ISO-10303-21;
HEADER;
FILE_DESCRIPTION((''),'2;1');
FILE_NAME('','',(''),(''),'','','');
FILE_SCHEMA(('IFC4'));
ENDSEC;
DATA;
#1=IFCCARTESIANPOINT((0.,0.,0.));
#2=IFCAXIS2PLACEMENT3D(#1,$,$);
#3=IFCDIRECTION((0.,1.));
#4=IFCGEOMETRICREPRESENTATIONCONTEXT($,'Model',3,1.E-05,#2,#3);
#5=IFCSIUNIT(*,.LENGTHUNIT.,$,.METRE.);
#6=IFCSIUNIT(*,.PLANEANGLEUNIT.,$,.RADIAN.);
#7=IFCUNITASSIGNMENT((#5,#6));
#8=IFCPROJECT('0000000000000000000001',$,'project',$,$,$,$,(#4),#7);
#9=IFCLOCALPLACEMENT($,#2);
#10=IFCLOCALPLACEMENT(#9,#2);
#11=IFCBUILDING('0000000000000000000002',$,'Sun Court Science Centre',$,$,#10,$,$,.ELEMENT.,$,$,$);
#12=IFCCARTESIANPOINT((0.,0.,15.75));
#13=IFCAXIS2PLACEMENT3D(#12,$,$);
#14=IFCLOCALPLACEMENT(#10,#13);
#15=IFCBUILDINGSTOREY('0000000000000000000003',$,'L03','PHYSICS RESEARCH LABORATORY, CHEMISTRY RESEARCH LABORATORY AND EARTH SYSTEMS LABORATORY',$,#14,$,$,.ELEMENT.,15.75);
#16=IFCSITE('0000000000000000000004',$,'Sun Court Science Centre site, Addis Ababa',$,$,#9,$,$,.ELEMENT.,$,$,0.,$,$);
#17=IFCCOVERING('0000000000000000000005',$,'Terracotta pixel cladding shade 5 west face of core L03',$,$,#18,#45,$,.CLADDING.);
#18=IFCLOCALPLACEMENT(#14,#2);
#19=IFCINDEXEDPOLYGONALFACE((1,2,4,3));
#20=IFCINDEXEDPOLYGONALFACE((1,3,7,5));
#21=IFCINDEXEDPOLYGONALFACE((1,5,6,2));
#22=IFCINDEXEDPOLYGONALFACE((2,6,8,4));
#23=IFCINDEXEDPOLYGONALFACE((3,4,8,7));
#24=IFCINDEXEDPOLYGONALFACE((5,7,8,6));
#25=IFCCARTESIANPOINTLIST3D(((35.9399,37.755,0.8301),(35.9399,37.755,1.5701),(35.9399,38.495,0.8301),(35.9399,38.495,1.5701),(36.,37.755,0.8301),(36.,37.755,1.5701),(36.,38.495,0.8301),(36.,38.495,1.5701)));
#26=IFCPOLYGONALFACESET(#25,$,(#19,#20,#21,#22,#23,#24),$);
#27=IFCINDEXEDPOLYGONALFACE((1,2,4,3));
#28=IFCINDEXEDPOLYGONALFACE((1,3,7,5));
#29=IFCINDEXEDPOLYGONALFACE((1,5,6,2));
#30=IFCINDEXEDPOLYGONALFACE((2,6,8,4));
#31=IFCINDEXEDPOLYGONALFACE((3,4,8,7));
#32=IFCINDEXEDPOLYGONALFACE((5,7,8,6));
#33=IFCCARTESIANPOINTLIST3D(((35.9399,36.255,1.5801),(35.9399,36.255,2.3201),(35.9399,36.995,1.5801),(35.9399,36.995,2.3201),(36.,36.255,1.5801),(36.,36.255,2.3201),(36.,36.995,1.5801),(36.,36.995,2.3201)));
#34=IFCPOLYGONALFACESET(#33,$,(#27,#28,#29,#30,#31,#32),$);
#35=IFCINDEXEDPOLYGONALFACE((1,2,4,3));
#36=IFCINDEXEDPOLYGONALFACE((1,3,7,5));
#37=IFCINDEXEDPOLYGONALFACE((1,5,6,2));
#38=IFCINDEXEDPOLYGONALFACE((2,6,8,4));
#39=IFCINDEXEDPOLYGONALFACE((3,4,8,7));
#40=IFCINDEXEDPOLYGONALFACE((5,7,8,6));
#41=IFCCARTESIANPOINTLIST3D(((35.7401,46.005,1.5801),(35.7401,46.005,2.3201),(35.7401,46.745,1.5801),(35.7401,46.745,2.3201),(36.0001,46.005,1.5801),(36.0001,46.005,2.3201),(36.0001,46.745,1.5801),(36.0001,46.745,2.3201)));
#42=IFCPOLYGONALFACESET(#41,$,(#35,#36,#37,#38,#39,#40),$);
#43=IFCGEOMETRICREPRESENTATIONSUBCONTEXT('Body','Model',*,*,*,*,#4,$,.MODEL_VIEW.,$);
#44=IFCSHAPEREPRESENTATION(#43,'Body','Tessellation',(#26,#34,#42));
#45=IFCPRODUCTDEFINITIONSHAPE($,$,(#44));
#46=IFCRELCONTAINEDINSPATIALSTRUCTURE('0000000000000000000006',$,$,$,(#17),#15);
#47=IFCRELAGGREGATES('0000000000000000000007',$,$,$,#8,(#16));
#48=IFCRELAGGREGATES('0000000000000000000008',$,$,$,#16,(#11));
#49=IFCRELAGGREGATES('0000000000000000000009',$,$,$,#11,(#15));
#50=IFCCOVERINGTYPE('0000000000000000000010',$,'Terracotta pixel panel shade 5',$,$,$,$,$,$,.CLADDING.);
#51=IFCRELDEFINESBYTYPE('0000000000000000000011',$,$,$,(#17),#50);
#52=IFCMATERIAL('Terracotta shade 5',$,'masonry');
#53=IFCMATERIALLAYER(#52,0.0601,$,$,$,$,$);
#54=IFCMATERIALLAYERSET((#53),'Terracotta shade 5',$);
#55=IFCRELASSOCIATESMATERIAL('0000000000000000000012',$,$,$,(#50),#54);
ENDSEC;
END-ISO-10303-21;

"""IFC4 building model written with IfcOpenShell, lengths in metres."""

from ifc_helpers import new_model, si_unit, direction, frame, origin, origin_2d, place, context, subcontext, project, spatial, rectangle, extrude, material, layer, layer_set, type_object, element, save


model = new_model("IFC4")

# Units and contexts
model_context = context("Model", 3, precision=1e-05, world=origin(), true_north=direction((0.0, 1.0)))
body_context = subcontext(model_context, "Body", "Model", "MODEL_VIEW")
ifc_project = project(units=[si_unit("LENGTHUNIT", "METRE"), si_unit("PLANEANGLEUNIT", "RADIAN")], contexts=[model_context])

# Site, building, storey
site_placement = place(None, origin())
site = spatial("IfcSite", under=ifc_project, at=site_placement, Name="Sun Court Science Centre site, Addis Ababa", CompositionType="ELEMENT", RefElevation=0.0)
building_placement = place(site_placement, origin())
building = spatial("IfcBuilding", under=site, at=building_placement, Name="Sun Court Science Centre", CompositionType="ELEMENT")
storey_placement = place(building_placement, frame((0.0, 0.0, 15.75)))
storey = spatial("IfcBuildingStorey", under=building, at=storey_placement, Name="L03", Description="PHYSICS RESEARCH LABORATORY, CHEMISTRY RESEARCH LABORATORY AND EARTH SYSTEMS LABORATORY", CompositionType="ELEMENT", Elevation=15.75)

# Covering
ifc_material_1 = material(Name="Terracotta shade 5", Category="masonry")
ifc_layer_1 = layer(ifc_material_1, 0.0601)
ifc_layer_set_1 = layer_set([ifc_layer_1], Name="Terracotta shade 5")
covering_type_1 = type_object("IfcCoveringType", Name="Terracotta pixel panel shade 5", PredefinedType="CLADDING", material=ifc_layer_set_1)
covering_1_placement = place(storey_placement, frame((0.0, 0.0, -15.75)))
element("IfcCovering", 1, at=covering_1_placement, inside=storey, type_object=covering_type_1, Name="Terracotta pixel cladding shade 5 west face of core L03", PredefinedType="CLADDING", context=body_context, shape_type="SweptSolid", body=[
    extrude(rectangle(XDim=0.74, YDim=0.0601, at=origin_2d()), frame((35.97, 38.125, 16.5801), z_axis=(0.0, 0.0, 1.0), x_axis=(0.0, 1.0, 0.0)), (0.0, 0.0, 1.0), 0.74),
    extrude(rectangle(XDim=0.74, YDim=0.0601, at=origin_2d()), frame((35.97, 36.625, 17.3301), z_axis=(0.0, 0.0, 1.0), x_axis=(0.0, 1.0, 0.0)), (0.0, 0.0, 1.0), 0.74),
    extrude(rectangle(XDim=0.74, YDim=0.26, at=origin_2d()), frame((35.8701, 46.375, 17.3301), z_axis=(0.0, 0.0, 1.0), x_axis=(0.0, 1.0, 0.0)), (0.0, 0.0, 1.0), 0.74),
])

save(model, "model.ifc")
